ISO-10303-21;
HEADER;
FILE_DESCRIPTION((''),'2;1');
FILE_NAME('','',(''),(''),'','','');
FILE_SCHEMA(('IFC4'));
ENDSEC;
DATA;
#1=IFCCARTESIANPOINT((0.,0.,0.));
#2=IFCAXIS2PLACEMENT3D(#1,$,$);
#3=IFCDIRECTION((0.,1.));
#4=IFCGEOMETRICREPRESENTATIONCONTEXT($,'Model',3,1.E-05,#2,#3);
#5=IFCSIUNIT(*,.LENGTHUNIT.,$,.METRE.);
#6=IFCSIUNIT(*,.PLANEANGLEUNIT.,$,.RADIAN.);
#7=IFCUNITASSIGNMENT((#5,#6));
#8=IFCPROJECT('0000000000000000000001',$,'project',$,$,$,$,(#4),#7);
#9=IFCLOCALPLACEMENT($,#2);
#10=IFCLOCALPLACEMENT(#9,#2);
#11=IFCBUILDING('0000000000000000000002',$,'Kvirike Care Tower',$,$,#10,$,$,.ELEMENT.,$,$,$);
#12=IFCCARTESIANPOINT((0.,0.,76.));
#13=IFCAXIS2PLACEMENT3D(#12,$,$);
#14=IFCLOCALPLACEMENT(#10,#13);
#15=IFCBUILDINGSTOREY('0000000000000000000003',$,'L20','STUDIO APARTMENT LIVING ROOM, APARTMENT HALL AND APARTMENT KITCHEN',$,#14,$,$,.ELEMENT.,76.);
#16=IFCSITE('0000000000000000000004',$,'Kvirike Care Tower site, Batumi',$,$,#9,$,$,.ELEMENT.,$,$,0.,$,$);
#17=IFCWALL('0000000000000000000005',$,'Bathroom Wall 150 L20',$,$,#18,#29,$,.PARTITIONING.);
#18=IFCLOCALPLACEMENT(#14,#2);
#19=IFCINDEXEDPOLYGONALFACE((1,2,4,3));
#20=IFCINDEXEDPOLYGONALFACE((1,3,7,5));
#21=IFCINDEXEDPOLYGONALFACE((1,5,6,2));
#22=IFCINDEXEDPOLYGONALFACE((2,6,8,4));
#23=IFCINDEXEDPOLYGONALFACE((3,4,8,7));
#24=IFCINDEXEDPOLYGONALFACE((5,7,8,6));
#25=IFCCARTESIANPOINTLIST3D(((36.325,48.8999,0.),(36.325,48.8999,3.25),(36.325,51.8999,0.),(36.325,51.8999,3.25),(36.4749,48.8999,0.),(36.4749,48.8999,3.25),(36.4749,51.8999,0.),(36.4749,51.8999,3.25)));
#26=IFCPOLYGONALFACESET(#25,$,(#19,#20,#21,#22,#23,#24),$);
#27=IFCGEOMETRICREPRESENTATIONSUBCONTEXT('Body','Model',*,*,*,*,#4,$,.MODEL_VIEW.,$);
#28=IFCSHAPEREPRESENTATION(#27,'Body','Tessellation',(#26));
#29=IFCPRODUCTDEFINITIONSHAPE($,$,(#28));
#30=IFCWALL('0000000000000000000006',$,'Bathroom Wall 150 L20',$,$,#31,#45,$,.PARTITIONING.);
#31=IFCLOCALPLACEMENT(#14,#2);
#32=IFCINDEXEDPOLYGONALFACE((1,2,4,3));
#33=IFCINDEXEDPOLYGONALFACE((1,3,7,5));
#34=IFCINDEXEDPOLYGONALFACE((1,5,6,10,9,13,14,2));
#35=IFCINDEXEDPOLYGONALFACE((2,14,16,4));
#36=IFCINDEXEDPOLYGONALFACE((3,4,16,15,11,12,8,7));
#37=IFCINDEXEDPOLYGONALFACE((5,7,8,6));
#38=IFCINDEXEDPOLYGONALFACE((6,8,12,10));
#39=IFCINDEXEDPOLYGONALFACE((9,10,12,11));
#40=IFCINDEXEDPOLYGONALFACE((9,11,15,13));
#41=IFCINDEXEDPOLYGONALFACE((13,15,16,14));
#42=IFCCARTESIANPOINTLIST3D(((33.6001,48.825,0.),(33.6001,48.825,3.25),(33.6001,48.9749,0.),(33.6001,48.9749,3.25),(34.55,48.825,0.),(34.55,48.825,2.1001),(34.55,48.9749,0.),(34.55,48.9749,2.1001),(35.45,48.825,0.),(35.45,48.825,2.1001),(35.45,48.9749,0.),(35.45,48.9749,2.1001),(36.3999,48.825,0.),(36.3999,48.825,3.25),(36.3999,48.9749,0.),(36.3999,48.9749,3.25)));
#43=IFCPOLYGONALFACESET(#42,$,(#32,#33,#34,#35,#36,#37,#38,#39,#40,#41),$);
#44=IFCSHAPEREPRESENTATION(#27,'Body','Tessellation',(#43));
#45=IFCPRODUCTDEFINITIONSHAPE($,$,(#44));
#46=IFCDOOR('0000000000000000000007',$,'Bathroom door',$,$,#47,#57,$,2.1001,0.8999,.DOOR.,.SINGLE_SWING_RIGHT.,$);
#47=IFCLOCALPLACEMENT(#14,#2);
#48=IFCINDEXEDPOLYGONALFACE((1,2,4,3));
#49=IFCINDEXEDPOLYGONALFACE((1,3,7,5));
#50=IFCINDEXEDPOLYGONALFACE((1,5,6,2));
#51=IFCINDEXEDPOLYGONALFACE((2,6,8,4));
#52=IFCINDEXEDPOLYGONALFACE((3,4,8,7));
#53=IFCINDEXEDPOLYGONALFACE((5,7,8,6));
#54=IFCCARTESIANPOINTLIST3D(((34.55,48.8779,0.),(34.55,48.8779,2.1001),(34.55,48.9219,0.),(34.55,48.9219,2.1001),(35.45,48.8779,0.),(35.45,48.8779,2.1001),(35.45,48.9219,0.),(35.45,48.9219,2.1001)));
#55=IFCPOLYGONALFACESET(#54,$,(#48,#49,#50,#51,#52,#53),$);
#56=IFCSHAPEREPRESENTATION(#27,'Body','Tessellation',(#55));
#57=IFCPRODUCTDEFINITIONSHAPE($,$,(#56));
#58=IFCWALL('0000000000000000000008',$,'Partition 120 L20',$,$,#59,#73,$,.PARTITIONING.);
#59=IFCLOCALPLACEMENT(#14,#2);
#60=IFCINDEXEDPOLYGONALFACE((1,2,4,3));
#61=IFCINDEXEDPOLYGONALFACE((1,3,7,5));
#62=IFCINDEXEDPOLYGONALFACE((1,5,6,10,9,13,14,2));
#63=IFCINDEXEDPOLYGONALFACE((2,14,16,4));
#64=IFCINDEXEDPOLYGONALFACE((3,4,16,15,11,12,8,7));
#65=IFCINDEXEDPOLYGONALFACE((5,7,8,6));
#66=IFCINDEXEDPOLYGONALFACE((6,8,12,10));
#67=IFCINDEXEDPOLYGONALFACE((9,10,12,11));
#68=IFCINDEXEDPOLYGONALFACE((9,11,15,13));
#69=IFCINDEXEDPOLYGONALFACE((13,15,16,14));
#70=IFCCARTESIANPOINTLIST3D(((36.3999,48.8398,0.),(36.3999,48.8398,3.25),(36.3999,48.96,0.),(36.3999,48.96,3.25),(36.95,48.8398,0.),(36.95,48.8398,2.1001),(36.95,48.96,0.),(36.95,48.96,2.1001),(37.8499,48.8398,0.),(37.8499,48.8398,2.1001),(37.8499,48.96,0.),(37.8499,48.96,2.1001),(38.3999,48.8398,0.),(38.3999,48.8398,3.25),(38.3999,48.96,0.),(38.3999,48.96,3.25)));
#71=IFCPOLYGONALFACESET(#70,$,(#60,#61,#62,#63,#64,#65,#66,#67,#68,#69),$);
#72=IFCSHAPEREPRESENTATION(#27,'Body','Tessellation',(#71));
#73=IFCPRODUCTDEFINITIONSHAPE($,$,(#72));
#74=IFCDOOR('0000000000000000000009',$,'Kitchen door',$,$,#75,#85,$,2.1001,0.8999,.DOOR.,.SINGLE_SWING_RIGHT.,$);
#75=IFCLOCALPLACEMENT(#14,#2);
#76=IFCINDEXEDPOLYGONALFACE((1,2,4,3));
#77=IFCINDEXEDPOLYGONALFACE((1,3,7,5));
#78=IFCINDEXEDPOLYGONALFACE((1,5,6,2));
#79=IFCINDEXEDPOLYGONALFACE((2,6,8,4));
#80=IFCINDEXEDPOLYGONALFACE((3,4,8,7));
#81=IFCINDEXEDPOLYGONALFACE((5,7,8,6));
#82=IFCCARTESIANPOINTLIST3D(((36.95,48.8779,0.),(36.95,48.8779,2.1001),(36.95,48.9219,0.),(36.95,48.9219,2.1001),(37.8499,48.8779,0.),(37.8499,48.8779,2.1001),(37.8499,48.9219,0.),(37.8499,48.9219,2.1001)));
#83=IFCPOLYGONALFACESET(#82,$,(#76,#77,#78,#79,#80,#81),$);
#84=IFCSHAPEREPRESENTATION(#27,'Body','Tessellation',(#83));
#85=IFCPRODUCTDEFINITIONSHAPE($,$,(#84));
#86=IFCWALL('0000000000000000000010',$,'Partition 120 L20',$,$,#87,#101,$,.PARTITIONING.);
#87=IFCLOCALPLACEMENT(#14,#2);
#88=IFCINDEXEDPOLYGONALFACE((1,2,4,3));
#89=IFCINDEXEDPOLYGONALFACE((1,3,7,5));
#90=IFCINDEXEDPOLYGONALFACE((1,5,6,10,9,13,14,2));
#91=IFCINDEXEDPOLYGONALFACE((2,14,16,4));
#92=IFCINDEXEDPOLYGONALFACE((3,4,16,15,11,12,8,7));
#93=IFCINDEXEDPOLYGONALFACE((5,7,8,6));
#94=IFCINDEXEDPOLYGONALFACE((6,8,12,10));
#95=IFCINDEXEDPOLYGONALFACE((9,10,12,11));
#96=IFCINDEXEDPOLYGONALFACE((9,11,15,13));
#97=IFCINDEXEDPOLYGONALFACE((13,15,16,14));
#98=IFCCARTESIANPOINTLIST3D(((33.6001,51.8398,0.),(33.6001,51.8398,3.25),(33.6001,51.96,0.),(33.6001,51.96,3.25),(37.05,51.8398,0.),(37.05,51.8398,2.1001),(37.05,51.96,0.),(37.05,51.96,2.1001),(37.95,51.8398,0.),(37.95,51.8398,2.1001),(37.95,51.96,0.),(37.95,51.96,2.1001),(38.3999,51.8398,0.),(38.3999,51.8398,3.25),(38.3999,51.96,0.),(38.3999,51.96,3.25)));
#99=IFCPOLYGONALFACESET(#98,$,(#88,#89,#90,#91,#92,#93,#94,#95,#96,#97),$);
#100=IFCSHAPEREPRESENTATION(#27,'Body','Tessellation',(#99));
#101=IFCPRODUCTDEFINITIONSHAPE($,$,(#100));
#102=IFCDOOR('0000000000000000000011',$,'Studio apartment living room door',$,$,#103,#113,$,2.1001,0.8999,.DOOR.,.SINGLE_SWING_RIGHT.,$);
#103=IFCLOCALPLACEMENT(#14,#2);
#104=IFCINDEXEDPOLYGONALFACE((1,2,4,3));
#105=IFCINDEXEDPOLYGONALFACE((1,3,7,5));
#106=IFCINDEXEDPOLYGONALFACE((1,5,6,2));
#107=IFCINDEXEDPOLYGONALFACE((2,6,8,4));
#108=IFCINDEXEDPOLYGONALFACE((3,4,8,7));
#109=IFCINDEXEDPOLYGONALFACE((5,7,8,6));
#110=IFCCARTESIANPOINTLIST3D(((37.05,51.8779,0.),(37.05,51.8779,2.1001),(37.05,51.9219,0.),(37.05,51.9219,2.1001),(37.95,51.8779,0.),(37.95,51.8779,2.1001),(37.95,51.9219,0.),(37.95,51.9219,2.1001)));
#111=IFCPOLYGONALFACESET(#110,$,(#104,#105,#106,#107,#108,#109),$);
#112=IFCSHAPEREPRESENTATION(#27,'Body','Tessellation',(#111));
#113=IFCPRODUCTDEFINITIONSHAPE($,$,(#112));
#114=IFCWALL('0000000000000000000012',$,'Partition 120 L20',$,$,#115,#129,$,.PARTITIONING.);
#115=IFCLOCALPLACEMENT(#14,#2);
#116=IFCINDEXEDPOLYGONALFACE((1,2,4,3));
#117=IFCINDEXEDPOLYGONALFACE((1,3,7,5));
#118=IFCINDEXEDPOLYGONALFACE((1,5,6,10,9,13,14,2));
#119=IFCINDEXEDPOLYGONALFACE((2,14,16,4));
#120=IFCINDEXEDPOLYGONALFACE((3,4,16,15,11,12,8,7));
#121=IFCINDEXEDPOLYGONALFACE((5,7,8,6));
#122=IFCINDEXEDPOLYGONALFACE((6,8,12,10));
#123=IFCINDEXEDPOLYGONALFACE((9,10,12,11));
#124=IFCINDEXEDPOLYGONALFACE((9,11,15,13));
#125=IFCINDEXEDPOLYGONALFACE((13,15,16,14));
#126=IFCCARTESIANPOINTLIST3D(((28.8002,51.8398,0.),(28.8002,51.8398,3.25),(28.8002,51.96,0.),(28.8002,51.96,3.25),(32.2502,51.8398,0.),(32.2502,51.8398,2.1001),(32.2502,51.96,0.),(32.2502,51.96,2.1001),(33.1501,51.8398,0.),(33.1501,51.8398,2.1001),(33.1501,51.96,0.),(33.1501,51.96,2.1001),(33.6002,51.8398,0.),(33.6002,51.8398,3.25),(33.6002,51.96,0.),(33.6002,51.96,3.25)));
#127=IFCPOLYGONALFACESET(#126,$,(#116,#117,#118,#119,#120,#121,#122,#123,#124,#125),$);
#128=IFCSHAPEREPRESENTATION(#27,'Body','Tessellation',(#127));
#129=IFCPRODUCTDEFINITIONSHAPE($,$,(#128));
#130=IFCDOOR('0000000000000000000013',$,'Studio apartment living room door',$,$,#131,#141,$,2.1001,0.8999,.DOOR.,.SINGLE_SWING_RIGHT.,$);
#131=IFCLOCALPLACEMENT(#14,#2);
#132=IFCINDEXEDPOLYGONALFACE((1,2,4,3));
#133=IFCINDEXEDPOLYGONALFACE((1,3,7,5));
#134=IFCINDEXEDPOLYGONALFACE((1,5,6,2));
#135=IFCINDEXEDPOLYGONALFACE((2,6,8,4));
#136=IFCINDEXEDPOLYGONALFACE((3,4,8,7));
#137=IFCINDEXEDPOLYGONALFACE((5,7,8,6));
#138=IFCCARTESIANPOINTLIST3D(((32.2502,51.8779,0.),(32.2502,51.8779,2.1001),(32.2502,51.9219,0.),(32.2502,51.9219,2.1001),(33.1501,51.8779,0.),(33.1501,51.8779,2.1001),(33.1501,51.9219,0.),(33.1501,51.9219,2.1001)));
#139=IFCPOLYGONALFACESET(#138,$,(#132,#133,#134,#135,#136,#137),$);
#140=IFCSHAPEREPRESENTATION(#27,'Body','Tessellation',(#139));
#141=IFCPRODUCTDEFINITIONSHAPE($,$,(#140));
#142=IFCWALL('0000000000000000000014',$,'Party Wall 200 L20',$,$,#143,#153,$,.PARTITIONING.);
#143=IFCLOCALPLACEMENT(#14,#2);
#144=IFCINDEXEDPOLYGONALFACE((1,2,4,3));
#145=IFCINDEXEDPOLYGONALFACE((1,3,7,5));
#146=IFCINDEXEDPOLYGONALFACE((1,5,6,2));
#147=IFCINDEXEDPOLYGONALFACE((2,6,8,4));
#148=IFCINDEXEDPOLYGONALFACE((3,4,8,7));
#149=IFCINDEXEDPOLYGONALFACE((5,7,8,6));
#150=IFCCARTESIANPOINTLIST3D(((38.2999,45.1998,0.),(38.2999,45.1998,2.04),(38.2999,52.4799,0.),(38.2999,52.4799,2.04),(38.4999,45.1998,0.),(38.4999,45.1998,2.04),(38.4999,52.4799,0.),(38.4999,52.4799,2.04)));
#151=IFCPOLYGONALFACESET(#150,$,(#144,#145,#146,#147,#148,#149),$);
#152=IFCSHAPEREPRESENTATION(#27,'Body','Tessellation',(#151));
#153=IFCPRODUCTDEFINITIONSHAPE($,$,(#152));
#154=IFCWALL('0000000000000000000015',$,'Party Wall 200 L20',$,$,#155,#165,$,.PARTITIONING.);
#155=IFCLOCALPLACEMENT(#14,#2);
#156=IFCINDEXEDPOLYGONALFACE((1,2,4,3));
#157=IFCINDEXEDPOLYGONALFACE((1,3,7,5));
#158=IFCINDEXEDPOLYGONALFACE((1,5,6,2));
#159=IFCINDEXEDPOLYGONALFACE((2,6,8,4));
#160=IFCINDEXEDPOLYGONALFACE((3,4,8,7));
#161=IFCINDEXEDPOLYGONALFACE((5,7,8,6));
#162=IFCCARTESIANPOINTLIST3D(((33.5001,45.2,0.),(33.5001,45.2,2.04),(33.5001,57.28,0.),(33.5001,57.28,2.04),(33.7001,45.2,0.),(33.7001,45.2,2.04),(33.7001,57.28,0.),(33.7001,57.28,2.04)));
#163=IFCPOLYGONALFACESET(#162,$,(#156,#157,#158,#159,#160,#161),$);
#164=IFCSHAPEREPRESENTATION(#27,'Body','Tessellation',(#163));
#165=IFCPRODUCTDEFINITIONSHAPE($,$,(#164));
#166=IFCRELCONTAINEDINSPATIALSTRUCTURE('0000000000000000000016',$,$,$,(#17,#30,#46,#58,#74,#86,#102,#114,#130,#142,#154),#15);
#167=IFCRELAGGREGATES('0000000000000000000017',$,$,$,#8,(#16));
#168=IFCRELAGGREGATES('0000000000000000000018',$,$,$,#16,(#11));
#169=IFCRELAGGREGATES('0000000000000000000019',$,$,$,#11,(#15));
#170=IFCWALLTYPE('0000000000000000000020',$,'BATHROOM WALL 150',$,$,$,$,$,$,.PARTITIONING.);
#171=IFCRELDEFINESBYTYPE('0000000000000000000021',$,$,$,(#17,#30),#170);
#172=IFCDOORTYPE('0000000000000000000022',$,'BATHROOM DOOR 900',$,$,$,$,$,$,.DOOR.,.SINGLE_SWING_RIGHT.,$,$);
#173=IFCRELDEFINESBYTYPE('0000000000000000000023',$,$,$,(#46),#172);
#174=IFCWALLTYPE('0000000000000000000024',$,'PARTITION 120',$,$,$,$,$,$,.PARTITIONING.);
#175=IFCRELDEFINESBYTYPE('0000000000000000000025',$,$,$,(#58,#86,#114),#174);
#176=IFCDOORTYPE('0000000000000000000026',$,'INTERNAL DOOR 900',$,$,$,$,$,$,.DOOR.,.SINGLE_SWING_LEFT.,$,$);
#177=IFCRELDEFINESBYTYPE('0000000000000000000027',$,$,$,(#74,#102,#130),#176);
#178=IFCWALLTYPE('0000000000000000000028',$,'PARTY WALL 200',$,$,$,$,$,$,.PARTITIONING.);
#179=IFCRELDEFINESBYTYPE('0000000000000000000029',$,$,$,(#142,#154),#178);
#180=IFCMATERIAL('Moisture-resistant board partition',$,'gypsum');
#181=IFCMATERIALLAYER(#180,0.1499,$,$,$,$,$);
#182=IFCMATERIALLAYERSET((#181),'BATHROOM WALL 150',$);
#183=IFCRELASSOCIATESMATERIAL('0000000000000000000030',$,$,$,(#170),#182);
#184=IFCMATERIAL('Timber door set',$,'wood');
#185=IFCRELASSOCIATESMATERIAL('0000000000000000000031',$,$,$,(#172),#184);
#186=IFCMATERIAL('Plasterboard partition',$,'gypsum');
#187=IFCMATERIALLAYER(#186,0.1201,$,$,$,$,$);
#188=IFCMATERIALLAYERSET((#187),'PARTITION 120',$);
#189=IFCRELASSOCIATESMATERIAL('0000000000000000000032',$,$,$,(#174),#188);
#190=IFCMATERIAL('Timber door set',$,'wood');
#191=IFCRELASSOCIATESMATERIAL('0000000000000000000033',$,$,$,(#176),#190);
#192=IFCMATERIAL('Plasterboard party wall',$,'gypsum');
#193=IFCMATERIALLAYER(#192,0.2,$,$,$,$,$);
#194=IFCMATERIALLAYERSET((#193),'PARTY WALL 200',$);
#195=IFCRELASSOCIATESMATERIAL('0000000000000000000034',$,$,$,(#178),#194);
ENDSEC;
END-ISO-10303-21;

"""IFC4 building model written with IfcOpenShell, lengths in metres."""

from ifc_helpers import new_model, si_unit, direction, frame, frame_2d, origin, place, context, subcontext, project, spatial, rectangle, extrude, material, layer, layer_set, type_object, element, fill, save


model = new_model("IFC4")

# Units and contexts
model_context = context("Model", 3, precision=1e-05, world=origin(), true_north=direction((0.0, 1.0)))
body_context = subcontext(model_context, "Body", "Model", "MODEL_VIEW")
ifc_project = project(units=[si_unit("LENGTHUNIT", "METRE"), si_unit("PLANEANGLEUNIT", "RADIAN")], contexts=[model_context])

# Site, building, storey
site_placement = place(None, origin())
site = spatial("IfcSite", under=ifc_project, at=site_placement, Name="Kvirike Care Tower site, Batumi", CompositionType="ELEMENT", RefElevation=0.0)
building_placement = place(site_placement, origin())
building = spatial("IfcBuilding", under=site, at=building_placement, Name="Kvirike Care Tower", CompositionType="ELEMENT")
storey_placement = place(building_placement, frame((0.0, 0.0, 76.0)))
storey = spatial("IfcBuildingStorey", under=building, at=storey_placement, Name="L20", Description="STUDIO APARTMENT LIVING ROOM, APARTMENT HALL AND APARTMENT KITCHEN", CompositionType="ELEMENT", Elevation=76.0)

# Wall
ifc_material_1 = material(Name="Moisture-resistant board partition", Category="gypsum")
ifc_layer_1 = layer(ifc_material_1, 0.1499)
ifc_layer_set_1 = layer_set([ifc_layer_1], Name="BATHROOM WALL 150")
wall_type_1 = type_object("IfcWallType", Name="BATHROOM WALL 150", PredefinedType="PARTITIONING", material=ifc_layer_set_1)
wall_1_placement = place(storey_placement, frame((36.3999, 51.8999, 0.0), z_axis=(0.0, 0.0, 1.0), x_axis=(0.0, -1.0, 0.0)))
element("IfcWall", 1, at=wall_1_placement, inside=storey, type_object=wall_type_1, Name="Bathroom Wall 150 L20", PredefinedType="PARTITIONING", context=body_context, shape_type="SweptSolid", body=[
    extrude(rectangle(XDim=3.0, YDim=0.1499, at=frame_2d((1.5, 0.0))), origin(), (0.0, 0.0, 1.0), 3.25),
])

# Walls, openings, doors
wall_2_placement = place(storey_placement, frame((36.3999, 48.8999, 0.0), z_axis=(0.0, 0.0, 1.0), x_axis=(-1.0, 0.0, 0.0)))
wall_2 = element("IfcWall", 2, at=wall_2_placement, inside=storey, type_object=wall_type_1, Name="Bathroom Wall 150 L20", PredefinedType="PARTITIONING", context=body_context, shape_type="SweptSolid", body=[
    extrude(rectangle(XDim=2.7998, YDim=0.1499, at=frame_2d((1.3999, 0.0))), origin(), (0.0, 0.0, 1.0), 3.25),
])
opening_1_placement = place(wall_2_placement, frame((0.95, 0.0, 0.0)))
opening_1 = element("IfcOpeningElement", 3, at=opening_1_placement, cuts=wall_2, PredefinedType="OPENING", context=body_context, shape_type="SweptSolid", body=[
    extrude(rectangle(XDim=0.8999, YDim=2.1001, at=frame_2d((0.45, 1.05))), frame((0.0, 0.0854, 0.0), z_axis=(0.0, -1.0, 0.0), x_axis=(1.0, 0.0, 0.0)), (0.0, 0.0, 1.0), 0.1709),
])
ifc_material_2 = material(Name="Timber door set", Category="wood")
door_type_1 = type_object("IfcDoorType", Name="BATHROOM DOOR 900", OperationType="SINGLE_SWING_RIGHT", PredefinedType="DOOR", material=ifc_material_2)
door_1_placement = place(opening_1_placement, frame((0.8999, 0.0, 0.0), z_axis=(0.0, 0.0, 1.0), x_axis=(-1.0, 0.0, 0.0)))
door_1 = element("IfcDoor", 4, at=door_1_placement, inside=storey, type_object=door_type_1, Name="Bathroom door", OperationType="SINGLE_SWING_RIGHT", OverallHeight=2.1001, OverallWidth=0.8999, PredefinedType="DOOR", context=body_context, shape_type="SweptSolid", body=[
    extrude(rectangle(XDim=0.8999, YDim=2.1001, at=frame_2d((0.45, 1.05))), frame((0.0, 0.022, 0.0), z_axis=(0.0, -1.0, 0.0), x_axis=(1.0, 0.0, 0.0)), (0.0, 0.0, 1.0), 0.0439),
])
fill(opening_1, door_1)
ifc_material_3 = material(Name="Plasterboard partition", Category="gypsum")
ifc_layer_2 = layer(ifc_material_3, 0.1201)
ifc_layer_set_2 = layer_set([ifc_layer_2], Name="PARTITION 120")
wall_type_2 = type_object("IfcWallType", Name="PARTITION 120", PredefinedType="PARTITIONING", material=ifc_layer_set_2)
wall_3_placement = place(storey_placement, frame((38.3999, 48.8999, 0.0), z_axis=(0.0, 0.0, 1.0), x_axis=(-1.0, 0.0, 0.0)))
wall_3 = element("IfcWall", 5, at=wall_3_placement, inside=storey, type_object=wall_type_2, Name="Partition 120 L20", PredefinedType="PARTITIONING", context=body_context, shape_type="SweptSolid", body=[
    extrude(rectangle(XDim=2.0, YDim=0.1201, at=frame_2d((1.0, 0.0))), origin(), (0.0, 0.0, 1.0), 3.25),
])
opening_2_placement = place(wall_3_placement, frame((0.55, 0.0, 0.0)))
opening_2 = element("IfcOpeningElement", 6, at=opening_2_placement, cuts=wall_3, PredefinedType="OPENING", context=body_context, shape_type="SweptSolid", body=[
    extrude(rectangle(XDim=0.8999, YDim=2.1001, at=frame_2d((0.45, 1.05))), frame((0.0, 0.0706, 0.0), z_axis=(0.0, -1.0, 0.0), x_axis=(1.0, 0.0, 0.0)), (0.0, 0.0, 1.0), 0.1411),
])
ifc_material_4 = material(Name="Timber door set", Category="wood")
door_type_2 = type_object("IfcDoorType", Name="INTERNAL DOOR 900", OperationType="SINGLE_SWING_LEFT", PredefinedType="DOOR", material=ifc_material_4)
door_2_placement = place(opening_2_placement, frame((0.8999, 0.0, 0.0), z_axis=(0.0, 0.0, 1.0), x_axis=(-1.0, 0.0, 0.0)))
door_2 = element("IfcDoor", 7, at=door_2_placement, inside=storey, type_object=door_type_2, Name="Kitchen door", OperationType="SINGLE_SWING_RIGHT", OverallHeight=2.1001, OverallWidth=0.8999, PredefinedType="DOOR", context=body_context, shape_type="SweptSolid", body=[
    extrude(rectangle(XDim=0.8999, YDim=2.1001, at=frame_2d((0.45, 1.05))), frame((0.0, 0.022, 0.0), z_axis=(0.0, -1.0, 0.0), x_axis=(1.0, 0.0, 0.0)), (0.0, 0.0, 1.0), 0.0439),
])
fill(opening_2, door_2)
wall_4_placement = place(storey_placement, frame((38.3999, 51.8999, 0.0), z_axis=(0.0, 0.0, 1.0), x_axis=(-1.0, 0.0, 0.0)))
wall_4 = element("IfcWall", 8, at=wall_4_placement, inside=storey, type_object=wall_type_2, Name="Partition 120 L20", PredefinedType="PARTITIONING", context=body_context, shape_type="SweptSolid", body=[
    extrude(rectangle(XDim=4.7998, YDim=0.1201, at=frame_2d((2.3999, 0.0))), origin(), (0.0, 0.0, 1.0), 3.25),
])
opening_3_placement = place(wall_4_placement, frame((0.45, 0.0, 0.0)))
opening_3 = element("IfcOpeningElement", 9, at=opening_3_placement, cuts=wall_4, PredefinedType="OPENING", context=body_context, shape_type="SweptSolid", body=[
    extrude(rectangle(XDim=0.8999, YDim=2.1001, at=frame_2d((0.45, 1.05))), frame((0.0, 0.0706, 0.0), z_axis=(0.0, -1.0, 0.0), x_axis=(1.0, 0.0, 0.0)), (0.0, 0.0, 1.0), 0.1411),
])
door_3_placement = place(opening_3_placement, origin())
door_3 = element("IfcDoor", 10, at=door_3_placement, inside=storey, type_object=door_type_2, Name="Studio apartment living room door", OperationType="SINGLE_SWING_RIGHT", OverallHeight=2.1001, OverallWidth=0.8999, PredefinedType="DOOR", context=body_context, shape_type="SweptSolid", body=[
    extrude(rectangle(XDim=0.8999, YDim=2.1001, at=frame_2d((0.45, 1.05))), frame((0.0, 0.022, 0.0), z_axis=(0.0, -1.0, 0.0), x_axis=(1.0, 0.0, 0.0)), (0.0, 0.0, 1.0), 0.0439),
])
fill(opening_3, door_3)
wall_5_placement = place(storey_placement, frame((33.6001, 51.8999, 0.0), z_axis=(0.0, 0.0, 1.0), x_axis=(-1.0, 0.0, 0.0)))
wall_5 = element("IfcWall", 11, at=wall_5_placement, inside=storey, type_object=wall_type_2, Name="Partition 120 L20", PredefinedType="PARTITIONING", context=body_context, shape_type="SweptSolid", body=[
    extrude(rectangle(XDim=4.8, YDim=0.1201, at=frame_2d((2.3999, 0.0))), origin(), (0.0, 0.0, 1.0), 3.25),
])
opening_4_placement = place(wall_5_placement, frame((0.45, 0.0, 0.0)))
opening_4 = element("IfcOpeningElement", 12, at=opening_4_placement, cuts=wall_5, PredefinedType="OPENING", context=body_context, shape_type="SweptSolid", body=[
    extrude(rectangle(XDim=0.8999, YDim=2.1001, at=frame_2d((0.45, 1.05))), frame((0.0, 0.0706, 0.0), z_axis=(0.0, -1.0, 0.0), x_axis=(1.0, 0.0, 0.0)), (0.0, 0.0, 1.0), 0.1411),
])
door_4_placement = place(opening_4_placement, origin())
door_4 = element("IfcDoor", 13, at=door_4_placement, inside=storey, type_object=door_type_2, Name="Studio apartment living room door", OperationType="SINGLE_SWING_RIGHT", OverallHeight=2.1001, OverallWidth=0.8999, PredefinedType="DOOR", context=body_context, shape_type="SweptSolid", body=[
    extrude(rectangle(XDim=0.8999, YDim=2.1001, at=frame_2d((0.45, 1.05))), frame((0.0, 0.022, 0.0), z_axis=(0.0, -1.0, 0.0), x_axis=(1.0, 0.0, 0.0)), (0.0, 0.0, 1.0), 0.0439),
])
fill(opening_4, door_4)

# Walls
ifc_material_5 = material(Name="Plasterboard party wall", Category="gypsum")
ifc_layer_3 = layer(ifc_material_5, 0.2)
ifc_layer_set_3 = layer_set([ifc_layer_3], Name="PARTY WALL 200")
wall_type_3 = type_object("IfcWallType", Name="PARTY WALL 200", PredefinedType="PARTITIONING", material=ifc_layer_set_3)
wall_6_placement = place(storey_placement, frame((38.3999, 52.48, 0.0), z_axis=(0.0, 0.0, 1.0), x_axis=(0.0, -1.0, 0.0)))
element("IfcWall", 14, at=wall_6_placement, inside=storey, type_object=wall_type_3, Name="Party Wall 200 L20", PredefinedType="PARTITIONING", context=body_context, shape_type="SweptSolid", body=[
    extrude(rectangle(XDim=7.28, YDim=0.2, at=frame_2d((3.6401, 0.0))), origin(), (0.0, 0.0, 1.0), 2.04),
])
wall_7_placement = place(storey_placement, frame((33.6001, 57.28, 0.0), z_axis=(0.0, 0.0, 1.0), x_axis=(0.0, -1.0, 0.0)))
element("IfcWall", 15, at=wall_7_placement, inside=storey, type_object=wall_type_3, Name="Party Wall 200 L20", PredefinedType="PARTITIONING", context=body_context, shape_type="SweptSolid", body=[
    extrude(rectangle(XDim=12.0801, YDim=0.2, at=frame_2d((6.04, 0.0))), origin(), (0.0, 0.0, 1.0), 2.04),
])

save(model, "model.ifc")
